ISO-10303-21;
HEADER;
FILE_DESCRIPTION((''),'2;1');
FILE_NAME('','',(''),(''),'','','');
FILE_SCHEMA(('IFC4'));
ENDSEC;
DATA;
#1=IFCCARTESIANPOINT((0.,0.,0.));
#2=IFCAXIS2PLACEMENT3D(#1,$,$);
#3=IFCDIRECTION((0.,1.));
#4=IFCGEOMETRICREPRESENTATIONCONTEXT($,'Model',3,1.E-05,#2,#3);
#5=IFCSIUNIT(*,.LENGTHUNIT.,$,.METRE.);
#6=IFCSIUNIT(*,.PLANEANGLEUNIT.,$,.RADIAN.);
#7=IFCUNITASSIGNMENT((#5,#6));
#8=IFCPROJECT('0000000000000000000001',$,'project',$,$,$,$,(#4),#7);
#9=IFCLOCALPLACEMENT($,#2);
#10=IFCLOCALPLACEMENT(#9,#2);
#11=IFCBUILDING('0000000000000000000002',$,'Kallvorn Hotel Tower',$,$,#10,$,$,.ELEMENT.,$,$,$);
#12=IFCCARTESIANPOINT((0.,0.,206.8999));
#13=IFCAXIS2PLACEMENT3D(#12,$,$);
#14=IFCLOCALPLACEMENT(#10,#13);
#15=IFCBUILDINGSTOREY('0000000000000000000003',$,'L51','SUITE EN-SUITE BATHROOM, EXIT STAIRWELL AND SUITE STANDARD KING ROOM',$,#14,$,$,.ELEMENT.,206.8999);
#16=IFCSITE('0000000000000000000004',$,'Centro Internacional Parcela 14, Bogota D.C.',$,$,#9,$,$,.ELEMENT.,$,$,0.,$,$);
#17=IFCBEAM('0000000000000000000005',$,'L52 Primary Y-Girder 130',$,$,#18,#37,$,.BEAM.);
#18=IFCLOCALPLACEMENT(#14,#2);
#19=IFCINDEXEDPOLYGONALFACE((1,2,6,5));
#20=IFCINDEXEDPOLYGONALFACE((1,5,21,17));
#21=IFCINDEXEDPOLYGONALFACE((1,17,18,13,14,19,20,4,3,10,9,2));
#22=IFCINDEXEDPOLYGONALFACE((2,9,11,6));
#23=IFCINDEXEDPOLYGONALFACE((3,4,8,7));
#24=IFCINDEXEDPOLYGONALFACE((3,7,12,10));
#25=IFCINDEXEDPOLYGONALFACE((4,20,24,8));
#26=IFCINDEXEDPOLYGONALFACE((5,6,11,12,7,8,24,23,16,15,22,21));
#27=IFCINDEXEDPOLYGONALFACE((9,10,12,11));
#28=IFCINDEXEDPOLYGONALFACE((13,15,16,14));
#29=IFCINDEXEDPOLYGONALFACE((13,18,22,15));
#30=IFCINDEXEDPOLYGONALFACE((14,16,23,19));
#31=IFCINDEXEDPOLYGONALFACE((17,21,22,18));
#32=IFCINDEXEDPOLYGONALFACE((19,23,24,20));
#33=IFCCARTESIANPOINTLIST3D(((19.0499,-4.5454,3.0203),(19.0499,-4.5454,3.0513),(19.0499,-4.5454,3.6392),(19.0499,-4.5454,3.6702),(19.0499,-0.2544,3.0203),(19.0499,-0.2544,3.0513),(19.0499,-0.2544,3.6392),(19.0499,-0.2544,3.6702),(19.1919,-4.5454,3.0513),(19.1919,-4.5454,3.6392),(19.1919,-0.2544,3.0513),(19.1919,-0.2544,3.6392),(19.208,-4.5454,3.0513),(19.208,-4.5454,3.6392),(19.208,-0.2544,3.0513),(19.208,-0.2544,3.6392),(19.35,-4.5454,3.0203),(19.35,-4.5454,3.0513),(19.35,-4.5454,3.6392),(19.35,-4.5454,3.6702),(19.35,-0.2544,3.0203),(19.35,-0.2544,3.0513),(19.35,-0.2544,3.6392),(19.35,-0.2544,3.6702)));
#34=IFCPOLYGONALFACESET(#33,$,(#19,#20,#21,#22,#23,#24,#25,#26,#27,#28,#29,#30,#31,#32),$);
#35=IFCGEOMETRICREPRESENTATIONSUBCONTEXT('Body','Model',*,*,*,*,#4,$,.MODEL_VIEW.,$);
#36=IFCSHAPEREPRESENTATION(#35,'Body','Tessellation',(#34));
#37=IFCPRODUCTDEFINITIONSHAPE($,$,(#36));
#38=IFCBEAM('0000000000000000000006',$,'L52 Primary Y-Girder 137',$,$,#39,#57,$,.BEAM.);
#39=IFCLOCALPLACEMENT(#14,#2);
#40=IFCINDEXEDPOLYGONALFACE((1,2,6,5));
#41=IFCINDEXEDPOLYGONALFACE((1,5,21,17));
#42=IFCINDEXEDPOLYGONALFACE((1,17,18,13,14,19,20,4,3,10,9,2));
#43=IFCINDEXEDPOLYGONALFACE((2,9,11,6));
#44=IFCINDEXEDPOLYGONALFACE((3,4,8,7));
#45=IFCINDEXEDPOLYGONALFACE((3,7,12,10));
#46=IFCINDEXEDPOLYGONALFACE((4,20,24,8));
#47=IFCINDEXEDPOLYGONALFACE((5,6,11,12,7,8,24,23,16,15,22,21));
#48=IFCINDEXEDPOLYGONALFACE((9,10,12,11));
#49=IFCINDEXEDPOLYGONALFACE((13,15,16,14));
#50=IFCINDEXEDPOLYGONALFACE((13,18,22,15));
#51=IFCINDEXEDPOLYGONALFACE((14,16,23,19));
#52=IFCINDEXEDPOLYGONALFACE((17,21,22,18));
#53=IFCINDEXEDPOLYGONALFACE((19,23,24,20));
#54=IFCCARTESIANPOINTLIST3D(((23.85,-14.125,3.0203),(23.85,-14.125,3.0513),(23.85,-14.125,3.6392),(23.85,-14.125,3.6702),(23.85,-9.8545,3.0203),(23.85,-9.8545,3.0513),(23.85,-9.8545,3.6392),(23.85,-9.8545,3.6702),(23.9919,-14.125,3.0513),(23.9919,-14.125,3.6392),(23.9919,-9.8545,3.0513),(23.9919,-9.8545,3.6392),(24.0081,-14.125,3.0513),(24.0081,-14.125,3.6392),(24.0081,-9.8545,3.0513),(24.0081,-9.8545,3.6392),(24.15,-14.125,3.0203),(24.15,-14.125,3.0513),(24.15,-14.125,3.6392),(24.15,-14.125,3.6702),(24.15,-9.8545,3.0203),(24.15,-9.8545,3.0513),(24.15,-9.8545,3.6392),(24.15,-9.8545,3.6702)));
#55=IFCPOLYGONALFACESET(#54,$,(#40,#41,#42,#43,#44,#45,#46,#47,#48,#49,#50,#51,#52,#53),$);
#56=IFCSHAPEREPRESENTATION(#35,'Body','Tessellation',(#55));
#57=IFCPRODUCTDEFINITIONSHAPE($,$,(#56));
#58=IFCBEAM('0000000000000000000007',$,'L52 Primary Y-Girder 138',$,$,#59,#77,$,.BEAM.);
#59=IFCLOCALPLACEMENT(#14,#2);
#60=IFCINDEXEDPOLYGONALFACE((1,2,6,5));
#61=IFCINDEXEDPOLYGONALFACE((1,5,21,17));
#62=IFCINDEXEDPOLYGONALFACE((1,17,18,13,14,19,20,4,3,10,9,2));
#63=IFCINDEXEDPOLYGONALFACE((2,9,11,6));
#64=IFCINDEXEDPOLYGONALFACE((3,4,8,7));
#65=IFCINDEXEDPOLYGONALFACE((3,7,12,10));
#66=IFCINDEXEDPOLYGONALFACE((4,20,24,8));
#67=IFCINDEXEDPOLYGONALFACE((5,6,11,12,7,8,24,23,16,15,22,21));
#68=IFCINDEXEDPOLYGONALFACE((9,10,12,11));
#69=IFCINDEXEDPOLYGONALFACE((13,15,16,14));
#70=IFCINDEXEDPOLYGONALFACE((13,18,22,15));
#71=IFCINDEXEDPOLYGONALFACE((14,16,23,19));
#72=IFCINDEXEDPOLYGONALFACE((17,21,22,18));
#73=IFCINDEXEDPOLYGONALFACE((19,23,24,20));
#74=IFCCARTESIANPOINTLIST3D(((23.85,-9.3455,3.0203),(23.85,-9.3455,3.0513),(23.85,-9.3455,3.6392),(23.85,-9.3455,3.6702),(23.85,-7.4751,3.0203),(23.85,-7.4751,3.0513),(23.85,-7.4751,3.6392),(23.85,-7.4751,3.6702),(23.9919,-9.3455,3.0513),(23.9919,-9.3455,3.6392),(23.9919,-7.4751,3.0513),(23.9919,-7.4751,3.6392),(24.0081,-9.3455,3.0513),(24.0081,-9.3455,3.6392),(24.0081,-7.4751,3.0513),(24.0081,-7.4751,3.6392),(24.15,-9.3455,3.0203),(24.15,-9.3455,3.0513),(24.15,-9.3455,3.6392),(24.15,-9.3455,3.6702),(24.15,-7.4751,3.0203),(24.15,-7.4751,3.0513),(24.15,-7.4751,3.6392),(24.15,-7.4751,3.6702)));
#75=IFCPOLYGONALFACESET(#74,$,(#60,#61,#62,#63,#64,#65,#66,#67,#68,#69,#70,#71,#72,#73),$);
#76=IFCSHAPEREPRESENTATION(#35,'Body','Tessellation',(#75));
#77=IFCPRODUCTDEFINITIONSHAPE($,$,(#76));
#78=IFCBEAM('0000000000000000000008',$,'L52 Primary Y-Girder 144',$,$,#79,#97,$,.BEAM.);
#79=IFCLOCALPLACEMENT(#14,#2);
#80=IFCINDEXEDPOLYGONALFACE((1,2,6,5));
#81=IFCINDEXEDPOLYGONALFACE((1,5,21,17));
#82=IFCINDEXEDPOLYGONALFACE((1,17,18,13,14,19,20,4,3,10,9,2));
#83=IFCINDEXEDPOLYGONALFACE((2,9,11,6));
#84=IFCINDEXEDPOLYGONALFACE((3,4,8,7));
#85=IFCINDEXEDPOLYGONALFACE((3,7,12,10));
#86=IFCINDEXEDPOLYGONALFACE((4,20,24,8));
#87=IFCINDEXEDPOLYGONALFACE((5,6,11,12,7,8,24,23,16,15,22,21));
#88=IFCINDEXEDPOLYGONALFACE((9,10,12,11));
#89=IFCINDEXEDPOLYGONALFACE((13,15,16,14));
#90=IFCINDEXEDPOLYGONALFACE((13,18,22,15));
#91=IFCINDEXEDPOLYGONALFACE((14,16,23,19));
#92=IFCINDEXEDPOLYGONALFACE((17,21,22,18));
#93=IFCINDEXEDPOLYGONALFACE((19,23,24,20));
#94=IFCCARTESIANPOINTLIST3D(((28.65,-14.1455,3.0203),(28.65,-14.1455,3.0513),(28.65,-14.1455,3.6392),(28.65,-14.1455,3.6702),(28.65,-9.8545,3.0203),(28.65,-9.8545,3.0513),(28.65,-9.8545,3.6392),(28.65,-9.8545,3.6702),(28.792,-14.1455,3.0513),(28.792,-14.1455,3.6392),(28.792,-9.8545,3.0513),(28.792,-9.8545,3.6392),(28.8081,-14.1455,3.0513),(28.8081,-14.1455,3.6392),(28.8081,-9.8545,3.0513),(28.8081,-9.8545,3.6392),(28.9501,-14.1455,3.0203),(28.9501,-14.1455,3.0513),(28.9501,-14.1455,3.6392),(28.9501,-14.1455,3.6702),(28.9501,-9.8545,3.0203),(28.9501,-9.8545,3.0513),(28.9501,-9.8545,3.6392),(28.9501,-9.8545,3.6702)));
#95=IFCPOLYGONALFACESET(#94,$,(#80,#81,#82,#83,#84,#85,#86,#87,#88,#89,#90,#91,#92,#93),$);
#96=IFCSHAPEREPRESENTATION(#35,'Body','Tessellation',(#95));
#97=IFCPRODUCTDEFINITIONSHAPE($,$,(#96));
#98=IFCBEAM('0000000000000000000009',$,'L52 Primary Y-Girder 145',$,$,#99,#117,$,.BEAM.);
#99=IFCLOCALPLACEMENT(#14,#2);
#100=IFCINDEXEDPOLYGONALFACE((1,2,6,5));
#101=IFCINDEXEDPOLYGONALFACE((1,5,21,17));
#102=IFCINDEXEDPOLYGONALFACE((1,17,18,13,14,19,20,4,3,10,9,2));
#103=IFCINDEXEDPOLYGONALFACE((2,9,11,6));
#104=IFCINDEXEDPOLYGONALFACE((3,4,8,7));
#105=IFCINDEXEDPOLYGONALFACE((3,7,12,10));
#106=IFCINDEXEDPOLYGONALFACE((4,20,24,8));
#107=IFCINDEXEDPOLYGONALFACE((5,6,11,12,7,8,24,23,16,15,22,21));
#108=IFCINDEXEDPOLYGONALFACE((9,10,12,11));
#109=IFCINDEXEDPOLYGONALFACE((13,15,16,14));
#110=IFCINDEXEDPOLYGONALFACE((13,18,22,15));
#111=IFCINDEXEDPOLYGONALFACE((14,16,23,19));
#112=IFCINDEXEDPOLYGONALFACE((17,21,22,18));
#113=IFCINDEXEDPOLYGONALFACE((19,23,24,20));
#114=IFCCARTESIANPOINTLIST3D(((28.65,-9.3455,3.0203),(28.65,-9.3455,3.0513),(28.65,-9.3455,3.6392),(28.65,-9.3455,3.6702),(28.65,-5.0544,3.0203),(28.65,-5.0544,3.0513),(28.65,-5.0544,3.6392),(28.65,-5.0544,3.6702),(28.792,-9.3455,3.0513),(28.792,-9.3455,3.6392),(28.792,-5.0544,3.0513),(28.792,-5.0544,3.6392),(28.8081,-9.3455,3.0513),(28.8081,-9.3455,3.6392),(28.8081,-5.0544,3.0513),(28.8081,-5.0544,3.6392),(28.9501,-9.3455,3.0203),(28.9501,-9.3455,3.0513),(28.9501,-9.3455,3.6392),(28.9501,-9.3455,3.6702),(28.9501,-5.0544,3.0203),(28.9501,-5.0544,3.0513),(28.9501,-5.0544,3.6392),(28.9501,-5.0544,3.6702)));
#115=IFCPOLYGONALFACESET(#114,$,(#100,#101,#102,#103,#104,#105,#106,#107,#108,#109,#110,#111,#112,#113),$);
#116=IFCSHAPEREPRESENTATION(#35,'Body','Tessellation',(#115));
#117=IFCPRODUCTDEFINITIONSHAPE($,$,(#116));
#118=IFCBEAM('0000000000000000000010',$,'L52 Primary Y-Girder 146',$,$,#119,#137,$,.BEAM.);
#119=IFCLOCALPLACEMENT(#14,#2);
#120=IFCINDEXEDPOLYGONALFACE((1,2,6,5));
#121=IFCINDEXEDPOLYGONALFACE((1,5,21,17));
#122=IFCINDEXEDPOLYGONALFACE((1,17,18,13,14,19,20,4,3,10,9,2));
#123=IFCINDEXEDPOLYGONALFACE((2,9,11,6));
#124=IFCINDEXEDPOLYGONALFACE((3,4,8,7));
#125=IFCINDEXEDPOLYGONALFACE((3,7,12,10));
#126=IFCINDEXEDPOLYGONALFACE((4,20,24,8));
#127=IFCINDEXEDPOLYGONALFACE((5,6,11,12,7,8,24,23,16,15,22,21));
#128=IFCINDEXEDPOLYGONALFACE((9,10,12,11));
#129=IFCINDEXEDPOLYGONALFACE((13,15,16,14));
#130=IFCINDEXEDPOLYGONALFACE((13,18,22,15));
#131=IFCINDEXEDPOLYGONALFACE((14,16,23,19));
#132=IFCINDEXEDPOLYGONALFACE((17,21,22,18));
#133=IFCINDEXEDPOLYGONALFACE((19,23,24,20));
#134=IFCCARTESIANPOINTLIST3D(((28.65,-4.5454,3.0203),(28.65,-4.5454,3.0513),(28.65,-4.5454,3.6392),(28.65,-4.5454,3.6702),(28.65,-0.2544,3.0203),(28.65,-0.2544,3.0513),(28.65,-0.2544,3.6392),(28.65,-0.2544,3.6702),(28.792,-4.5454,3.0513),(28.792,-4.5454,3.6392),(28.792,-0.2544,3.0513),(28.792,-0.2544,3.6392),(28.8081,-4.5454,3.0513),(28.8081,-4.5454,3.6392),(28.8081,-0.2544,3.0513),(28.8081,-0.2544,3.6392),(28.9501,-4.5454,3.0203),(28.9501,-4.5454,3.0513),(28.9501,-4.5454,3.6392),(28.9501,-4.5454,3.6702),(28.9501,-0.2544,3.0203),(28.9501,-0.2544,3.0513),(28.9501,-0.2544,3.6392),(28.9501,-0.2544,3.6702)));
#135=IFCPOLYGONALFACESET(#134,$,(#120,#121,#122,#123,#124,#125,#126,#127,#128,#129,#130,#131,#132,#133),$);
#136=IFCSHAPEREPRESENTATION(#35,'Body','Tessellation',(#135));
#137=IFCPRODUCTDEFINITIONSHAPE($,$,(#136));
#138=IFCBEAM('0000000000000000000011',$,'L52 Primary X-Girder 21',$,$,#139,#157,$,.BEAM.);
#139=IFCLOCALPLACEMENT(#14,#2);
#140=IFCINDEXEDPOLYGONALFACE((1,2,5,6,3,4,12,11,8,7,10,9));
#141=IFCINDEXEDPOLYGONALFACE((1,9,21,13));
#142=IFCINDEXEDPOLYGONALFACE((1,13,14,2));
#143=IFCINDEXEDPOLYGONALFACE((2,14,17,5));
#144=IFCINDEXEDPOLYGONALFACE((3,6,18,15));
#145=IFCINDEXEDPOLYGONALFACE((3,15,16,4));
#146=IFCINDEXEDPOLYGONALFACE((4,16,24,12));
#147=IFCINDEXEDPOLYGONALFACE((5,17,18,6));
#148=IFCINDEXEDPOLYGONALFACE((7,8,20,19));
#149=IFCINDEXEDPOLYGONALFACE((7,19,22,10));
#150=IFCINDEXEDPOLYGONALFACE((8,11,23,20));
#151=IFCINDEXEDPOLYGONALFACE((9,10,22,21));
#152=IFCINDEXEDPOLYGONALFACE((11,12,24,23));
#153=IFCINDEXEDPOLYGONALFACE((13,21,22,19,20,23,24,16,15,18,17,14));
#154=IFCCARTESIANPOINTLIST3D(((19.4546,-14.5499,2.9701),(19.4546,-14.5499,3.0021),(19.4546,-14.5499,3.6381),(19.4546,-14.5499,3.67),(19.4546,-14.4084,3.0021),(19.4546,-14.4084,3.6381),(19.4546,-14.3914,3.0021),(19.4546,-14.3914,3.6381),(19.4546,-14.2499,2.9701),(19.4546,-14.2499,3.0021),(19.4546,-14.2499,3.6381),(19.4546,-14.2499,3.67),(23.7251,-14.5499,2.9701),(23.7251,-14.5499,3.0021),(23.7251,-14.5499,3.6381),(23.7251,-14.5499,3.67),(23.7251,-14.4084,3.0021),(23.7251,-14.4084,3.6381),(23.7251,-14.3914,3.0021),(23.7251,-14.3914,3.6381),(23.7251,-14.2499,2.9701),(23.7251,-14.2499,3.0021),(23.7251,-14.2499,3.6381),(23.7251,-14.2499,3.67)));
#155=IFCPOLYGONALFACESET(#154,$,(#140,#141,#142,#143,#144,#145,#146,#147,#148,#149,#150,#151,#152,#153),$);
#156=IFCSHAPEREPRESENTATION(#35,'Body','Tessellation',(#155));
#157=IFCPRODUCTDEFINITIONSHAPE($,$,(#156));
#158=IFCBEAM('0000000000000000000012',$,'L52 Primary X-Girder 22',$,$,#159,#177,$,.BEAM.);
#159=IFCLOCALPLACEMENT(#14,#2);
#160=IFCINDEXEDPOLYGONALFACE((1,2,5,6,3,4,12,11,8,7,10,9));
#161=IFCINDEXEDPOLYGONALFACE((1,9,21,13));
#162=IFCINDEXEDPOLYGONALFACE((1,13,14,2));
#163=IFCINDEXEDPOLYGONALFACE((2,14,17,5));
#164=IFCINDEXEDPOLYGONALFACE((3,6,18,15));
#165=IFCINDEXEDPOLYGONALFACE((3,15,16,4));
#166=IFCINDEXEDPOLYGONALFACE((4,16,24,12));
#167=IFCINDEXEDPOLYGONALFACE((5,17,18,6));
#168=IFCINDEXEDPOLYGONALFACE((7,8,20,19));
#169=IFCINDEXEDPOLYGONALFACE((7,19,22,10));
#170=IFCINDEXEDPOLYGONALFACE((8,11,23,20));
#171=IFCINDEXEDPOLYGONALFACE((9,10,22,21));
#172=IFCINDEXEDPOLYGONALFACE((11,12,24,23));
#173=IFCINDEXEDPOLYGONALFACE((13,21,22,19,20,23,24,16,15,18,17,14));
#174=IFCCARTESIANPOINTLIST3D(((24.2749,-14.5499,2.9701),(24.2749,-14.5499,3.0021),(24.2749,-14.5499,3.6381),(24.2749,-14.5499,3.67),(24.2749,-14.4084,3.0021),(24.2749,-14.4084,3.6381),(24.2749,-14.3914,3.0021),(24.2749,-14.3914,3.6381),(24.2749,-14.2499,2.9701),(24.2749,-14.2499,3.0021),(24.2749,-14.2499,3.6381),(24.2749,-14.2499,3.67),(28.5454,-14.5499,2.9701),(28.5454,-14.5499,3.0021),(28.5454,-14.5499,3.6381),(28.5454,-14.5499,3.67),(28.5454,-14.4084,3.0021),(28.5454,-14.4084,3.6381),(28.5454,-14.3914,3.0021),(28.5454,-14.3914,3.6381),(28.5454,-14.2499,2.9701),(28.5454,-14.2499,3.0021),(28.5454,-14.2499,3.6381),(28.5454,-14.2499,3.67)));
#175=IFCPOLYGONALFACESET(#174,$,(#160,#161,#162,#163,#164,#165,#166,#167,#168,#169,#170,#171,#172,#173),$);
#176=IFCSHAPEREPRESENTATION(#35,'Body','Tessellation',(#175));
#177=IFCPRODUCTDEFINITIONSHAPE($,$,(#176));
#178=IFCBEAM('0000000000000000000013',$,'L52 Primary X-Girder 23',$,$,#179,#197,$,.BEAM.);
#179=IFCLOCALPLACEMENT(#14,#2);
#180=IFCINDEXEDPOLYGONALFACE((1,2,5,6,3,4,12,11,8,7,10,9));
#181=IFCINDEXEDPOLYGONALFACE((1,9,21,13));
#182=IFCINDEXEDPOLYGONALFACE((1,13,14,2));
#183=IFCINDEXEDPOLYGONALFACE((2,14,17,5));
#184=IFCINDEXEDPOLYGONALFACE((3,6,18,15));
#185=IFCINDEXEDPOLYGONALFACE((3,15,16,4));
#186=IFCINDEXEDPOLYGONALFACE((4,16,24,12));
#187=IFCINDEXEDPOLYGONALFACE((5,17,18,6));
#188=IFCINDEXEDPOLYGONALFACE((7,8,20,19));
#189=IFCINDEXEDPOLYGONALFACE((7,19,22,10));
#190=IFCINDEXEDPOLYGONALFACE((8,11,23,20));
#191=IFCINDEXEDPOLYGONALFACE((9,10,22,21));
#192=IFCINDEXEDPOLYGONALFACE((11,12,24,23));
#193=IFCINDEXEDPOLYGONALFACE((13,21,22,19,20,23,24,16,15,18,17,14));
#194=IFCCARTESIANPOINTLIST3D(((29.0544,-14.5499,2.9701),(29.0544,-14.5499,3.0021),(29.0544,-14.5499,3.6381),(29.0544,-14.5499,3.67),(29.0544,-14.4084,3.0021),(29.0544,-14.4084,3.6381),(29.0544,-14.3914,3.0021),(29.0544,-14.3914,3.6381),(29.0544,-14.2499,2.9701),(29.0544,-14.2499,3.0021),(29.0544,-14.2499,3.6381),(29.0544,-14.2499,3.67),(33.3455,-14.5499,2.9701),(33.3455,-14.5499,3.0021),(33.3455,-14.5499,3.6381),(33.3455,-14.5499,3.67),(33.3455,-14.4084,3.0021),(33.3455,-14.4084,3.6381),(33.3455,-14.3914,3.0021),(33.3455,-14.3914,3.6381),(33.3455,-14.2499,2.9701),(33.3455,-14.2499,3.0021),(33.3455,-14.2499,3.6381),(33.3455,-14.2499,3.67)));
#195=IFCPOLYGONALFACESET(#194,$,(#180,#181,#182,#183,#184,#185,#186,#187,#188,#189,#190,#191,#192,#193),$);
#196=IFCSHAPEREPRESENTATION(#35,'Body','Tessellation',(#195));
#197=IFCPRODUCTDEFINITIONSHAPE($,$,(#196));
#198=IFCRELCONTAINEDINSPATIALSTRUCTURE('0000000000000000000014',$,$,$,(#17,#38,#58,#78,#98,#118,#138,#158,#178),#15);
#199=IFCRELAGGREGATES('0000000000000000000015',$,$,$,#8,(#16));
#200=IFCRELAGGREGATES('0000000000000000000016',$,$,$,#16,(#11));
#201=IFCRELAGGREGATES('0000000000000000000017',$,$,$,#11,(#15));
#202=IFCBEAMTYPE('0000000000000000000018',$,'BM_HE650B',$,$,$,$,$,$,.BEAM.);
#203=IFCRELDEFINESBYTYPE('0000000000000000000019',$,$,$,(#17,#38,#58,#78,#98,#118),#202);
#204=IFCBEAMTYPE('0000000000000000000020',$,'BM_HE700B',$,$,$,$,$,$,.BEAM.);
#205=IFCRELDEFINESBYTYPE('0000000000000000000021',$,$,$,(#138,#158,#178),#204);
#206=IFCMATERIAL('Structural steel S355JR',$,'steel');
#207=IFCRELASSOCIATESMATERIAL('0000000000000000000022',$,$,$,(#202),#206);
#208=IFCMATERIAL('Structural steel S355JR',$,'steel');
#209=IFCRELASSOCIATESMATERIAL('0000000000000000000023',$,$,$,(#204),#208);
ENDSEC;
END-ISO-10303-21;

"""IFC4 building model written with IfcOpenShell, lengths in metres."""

from ifc_helpers import new_model, si_unit, direction, frame, origin, origin_2d, place, context, subcontext, project, spatial, i_section, extrude, material, material_profile, profile_set, type_object, element, save


model = new_model("IFC4")

# Units and contexts
model_context = context("Model", 3, precision=1e-05, world=origin(), true_north=direction((0.0, 1.0)))
body_context = subcontext(model_context, "Body", "Model", "MODEL_VIEW")
ifc_project = project(units=[si_unit("LENGTHUNIT", "METRE"), si_unit("PLANEANGLEUNIT", "RADIAN")], contexts=[model_context])

# Site, building, storey
site_placement = place(None, origin())
site = spatial("IfcSite", under=ifc_project, at=site_placement, Name="Centro Internacional Parcela 14, Bogota D.C.", CompositionType="ELEMENT", RefElevation=0.0)
building_placement = place(site_placement, origin())
building = spatial("IfcBuilding", under=site, at=building_placement, Name="Kallvorn Hotel Tower", CompositionType="ELEMENT")
storey_placement = place(building_placement, frame((0.0, 0.0, 206.8999)))
storey = spatial("IfcBuildingStorey", under=building, at=storey_placement, Name="L51", Description="SUITE EN-SUITE BATHROOM, EXIT STAIRWELL AND SUITE STANDARD KING ROOM", CompositionType="ELEMENT", Elevation=206.8999)

# Beams
ifc_material_1 = material(Name="Structural steel S355JR", Category="steel")
ifc_material_profile_1 = material_profile(ifc_material_1, i_section(OverallWidth=0.3, OverallDepth=0.6499, WebThickness=0.0161, FlangeThickness=0.031, at=origin_2d()), Name="HE 650 B")
ifc_profile_set_1 = profile_set([ifc_material_profile_1], Name="Structural steel S355JR")
beam_type_1 = type_object("IfcBeamType", Name="BM_HE650B", PredefinedType="BEAM", material=ifc_profile_set_1)
for number, where, z_axis, x_axis, name in (
    (1, (19.2, -4.5454, 3.3452), (0.0, 1.0, 0.0), (-1.0, 0.0, 0.0), "L52 Primary Y-Girder 130"),
):
    element("IfcBeam", number, at=place(storey_placement, frame(where, z_axis=z_axis, x_axis=x_axis)), inside=storey, type_object=beam_type_1, Name=name, PredefinedType="BEAM", context=body_context, shape_type="SweptSolid", body=[
        extrude(i_section(OverallWidth=0.3, OverallDepth=0.6499, WebThickness=0.0161, FlangeThickness=0.031, at=origin_2d()), origin(), (0.0, 0.0, 1.0), 4.291),
    ])
beam_1_placement = place(storey_placement, frame((24.0, -14.125, 3.3452), z_axis=(0.0, 1.0, 0.0), x_axis=(-1.0, 0.0, 0.0)))
element("IfcBeam", 2, at=beam_1_placement, inside=storey, type_object=beam_type_1, Name="L52 Primary Y-Girder 137", PredefinedType="BEAM", context=body_context, shape_type="SweptSolid", body=[
    extrude(i_section(OverallWidth=0.3, OverallDepth=0.6499, WebThickness=0.0161, FlangeThickness=0.031, at=origin_2d()), origin(), (0.0, 0.0, 1.0), 4.2705),
])
beam_2_placement = place(storey_placement, frame((24.0, -9.3455, 3.3452), z_axis=(0.0, 1.0, 0.0), x_axis=(-1.0, 0.0, 0.0)))
element("IfcBeam", 3, at=beam_2_placement, inside=storey, type_object=beam_type_1, Name="L52 Primary Y-Girder 138", PredefinedType="BEAM", context=body_context, shape_type="SweptSolid", body=[
    extrude(i_section(OverallWidth=0.3, OverallDepth=0.6499, WebThickness=0.0161, FlangeThickness=0.031, at=origin_2d()), origin(), (0.0, 0.0, 1.0), 1.8704),
])
for number, where, z_axis, x_axis, name in (
    (4, (28.8, -14.1455, 3.3452), (0.0, 1.0, 0.0), (-1.0, 0.0, 0.0), "L52 Primary Y-Girder 144"),
    (5, (28.8, -9.3455, 3.3452), (0.0, 1.0, 0.0), (-1.0, 0.0, 0.0), "L52 Primary Y-Girder 145"),
    (6, (28.8, -4.5454, 3.3452), (0.0, 1.0, 0.0), (-1.0, 0.0, 0.0), "L52 Primary Y-Girder 146"),
):
    element("IfcBeam", number, at=place(storey_placement, frame(where, z_axis=z_axis, x_axis=x_axis)), inside=storey, type_object=beam_type_1, Name=name, PredefinedType="BEAM", context=body_context, shape_type="SweptSolid", body=[
        extrude(i_section(OverallWidth=0.3, OverallDepth=0.6499, WebThickness=0.0161, FlangeThickness=0.031, at=origin_2d()), origin(), (0.0, 0.0, 1.0), 4.291),
    ])
ifc_material_2 = material(Name="Structural steel S355JR", Category="steel")
ifc_material_profile_2 = material_profile(ifc_material_2, i_section(OverallWidth=0.3, OverallDepth=0.7, WebThickness=0.0171, FlangeThickness=0.032, at=origin_2d()), Name="HE 700 B")
ifc_profile_set_2 = profile_set([ifc_material_profile_2], Name="Structural steel S355JR")
beam_type_2 = type_object("IfcBeamType", Name="BM_HE700B", PredefinedType="BEAM", material=ifc_profile_set_2)
for number, where, z_axis, x_axis, name in (
    (7, (19.4546, -14.3999, 3.3201), (1.0, 0.0, 0.0), (0.0, 1.0, 0.0), "L52 Primary X-Girder 21"),
    (8, (24.2749, -14.3999, 3.3201), (1.0, 0.0, 0.0), (0.0, 1.0, 0.0), "L52 Primary X-Girder 22"),
):
    element("IfcBeam", number, at=place(storey_placement, frame(where, z_axis=z_axis, x_axis=x_axis)), inside=storey, type_object=beam_type_2, Name=name, PredefinedType="BEAM", context=body_context, shape_type="SweptSolid", body=[
        extrude(i_section(OverallWidth=0.3, OverallDepth=0.7, WebThickness=0.0171, FlangeThickness=0.032, at=origin_2d()), origin(), (0.0, 0.0, 1.0), 4.2705),
    ])
for number, where, z_axis, x_axis, name in (
    (9, (29.0544, -14.3999, 3.3201), (1.0, 0.0, 0.0), (0.0, 1.0, 0.0), "L52 Primary X-Girder 23"),
):
    element("IfcBeam", number, at=place(storey_placement, frame(where, z_axis=z_axis, x_axis=x_axis)), inside=storey, type_object=beam_type_2, Name=name, PredefinedType="BEAM", context=body_context, shape_type="SweptSolid", body=[
        extrude(i_section(OverallWidth=0.3, OverallDepth=0.7, WebThickness=0.0171, FlangeThickness=0.032, at=origin_2d()), origin(), (0.0, 0.0, 1.0), 4.291),
    ])

save(model, "model.ifc")
